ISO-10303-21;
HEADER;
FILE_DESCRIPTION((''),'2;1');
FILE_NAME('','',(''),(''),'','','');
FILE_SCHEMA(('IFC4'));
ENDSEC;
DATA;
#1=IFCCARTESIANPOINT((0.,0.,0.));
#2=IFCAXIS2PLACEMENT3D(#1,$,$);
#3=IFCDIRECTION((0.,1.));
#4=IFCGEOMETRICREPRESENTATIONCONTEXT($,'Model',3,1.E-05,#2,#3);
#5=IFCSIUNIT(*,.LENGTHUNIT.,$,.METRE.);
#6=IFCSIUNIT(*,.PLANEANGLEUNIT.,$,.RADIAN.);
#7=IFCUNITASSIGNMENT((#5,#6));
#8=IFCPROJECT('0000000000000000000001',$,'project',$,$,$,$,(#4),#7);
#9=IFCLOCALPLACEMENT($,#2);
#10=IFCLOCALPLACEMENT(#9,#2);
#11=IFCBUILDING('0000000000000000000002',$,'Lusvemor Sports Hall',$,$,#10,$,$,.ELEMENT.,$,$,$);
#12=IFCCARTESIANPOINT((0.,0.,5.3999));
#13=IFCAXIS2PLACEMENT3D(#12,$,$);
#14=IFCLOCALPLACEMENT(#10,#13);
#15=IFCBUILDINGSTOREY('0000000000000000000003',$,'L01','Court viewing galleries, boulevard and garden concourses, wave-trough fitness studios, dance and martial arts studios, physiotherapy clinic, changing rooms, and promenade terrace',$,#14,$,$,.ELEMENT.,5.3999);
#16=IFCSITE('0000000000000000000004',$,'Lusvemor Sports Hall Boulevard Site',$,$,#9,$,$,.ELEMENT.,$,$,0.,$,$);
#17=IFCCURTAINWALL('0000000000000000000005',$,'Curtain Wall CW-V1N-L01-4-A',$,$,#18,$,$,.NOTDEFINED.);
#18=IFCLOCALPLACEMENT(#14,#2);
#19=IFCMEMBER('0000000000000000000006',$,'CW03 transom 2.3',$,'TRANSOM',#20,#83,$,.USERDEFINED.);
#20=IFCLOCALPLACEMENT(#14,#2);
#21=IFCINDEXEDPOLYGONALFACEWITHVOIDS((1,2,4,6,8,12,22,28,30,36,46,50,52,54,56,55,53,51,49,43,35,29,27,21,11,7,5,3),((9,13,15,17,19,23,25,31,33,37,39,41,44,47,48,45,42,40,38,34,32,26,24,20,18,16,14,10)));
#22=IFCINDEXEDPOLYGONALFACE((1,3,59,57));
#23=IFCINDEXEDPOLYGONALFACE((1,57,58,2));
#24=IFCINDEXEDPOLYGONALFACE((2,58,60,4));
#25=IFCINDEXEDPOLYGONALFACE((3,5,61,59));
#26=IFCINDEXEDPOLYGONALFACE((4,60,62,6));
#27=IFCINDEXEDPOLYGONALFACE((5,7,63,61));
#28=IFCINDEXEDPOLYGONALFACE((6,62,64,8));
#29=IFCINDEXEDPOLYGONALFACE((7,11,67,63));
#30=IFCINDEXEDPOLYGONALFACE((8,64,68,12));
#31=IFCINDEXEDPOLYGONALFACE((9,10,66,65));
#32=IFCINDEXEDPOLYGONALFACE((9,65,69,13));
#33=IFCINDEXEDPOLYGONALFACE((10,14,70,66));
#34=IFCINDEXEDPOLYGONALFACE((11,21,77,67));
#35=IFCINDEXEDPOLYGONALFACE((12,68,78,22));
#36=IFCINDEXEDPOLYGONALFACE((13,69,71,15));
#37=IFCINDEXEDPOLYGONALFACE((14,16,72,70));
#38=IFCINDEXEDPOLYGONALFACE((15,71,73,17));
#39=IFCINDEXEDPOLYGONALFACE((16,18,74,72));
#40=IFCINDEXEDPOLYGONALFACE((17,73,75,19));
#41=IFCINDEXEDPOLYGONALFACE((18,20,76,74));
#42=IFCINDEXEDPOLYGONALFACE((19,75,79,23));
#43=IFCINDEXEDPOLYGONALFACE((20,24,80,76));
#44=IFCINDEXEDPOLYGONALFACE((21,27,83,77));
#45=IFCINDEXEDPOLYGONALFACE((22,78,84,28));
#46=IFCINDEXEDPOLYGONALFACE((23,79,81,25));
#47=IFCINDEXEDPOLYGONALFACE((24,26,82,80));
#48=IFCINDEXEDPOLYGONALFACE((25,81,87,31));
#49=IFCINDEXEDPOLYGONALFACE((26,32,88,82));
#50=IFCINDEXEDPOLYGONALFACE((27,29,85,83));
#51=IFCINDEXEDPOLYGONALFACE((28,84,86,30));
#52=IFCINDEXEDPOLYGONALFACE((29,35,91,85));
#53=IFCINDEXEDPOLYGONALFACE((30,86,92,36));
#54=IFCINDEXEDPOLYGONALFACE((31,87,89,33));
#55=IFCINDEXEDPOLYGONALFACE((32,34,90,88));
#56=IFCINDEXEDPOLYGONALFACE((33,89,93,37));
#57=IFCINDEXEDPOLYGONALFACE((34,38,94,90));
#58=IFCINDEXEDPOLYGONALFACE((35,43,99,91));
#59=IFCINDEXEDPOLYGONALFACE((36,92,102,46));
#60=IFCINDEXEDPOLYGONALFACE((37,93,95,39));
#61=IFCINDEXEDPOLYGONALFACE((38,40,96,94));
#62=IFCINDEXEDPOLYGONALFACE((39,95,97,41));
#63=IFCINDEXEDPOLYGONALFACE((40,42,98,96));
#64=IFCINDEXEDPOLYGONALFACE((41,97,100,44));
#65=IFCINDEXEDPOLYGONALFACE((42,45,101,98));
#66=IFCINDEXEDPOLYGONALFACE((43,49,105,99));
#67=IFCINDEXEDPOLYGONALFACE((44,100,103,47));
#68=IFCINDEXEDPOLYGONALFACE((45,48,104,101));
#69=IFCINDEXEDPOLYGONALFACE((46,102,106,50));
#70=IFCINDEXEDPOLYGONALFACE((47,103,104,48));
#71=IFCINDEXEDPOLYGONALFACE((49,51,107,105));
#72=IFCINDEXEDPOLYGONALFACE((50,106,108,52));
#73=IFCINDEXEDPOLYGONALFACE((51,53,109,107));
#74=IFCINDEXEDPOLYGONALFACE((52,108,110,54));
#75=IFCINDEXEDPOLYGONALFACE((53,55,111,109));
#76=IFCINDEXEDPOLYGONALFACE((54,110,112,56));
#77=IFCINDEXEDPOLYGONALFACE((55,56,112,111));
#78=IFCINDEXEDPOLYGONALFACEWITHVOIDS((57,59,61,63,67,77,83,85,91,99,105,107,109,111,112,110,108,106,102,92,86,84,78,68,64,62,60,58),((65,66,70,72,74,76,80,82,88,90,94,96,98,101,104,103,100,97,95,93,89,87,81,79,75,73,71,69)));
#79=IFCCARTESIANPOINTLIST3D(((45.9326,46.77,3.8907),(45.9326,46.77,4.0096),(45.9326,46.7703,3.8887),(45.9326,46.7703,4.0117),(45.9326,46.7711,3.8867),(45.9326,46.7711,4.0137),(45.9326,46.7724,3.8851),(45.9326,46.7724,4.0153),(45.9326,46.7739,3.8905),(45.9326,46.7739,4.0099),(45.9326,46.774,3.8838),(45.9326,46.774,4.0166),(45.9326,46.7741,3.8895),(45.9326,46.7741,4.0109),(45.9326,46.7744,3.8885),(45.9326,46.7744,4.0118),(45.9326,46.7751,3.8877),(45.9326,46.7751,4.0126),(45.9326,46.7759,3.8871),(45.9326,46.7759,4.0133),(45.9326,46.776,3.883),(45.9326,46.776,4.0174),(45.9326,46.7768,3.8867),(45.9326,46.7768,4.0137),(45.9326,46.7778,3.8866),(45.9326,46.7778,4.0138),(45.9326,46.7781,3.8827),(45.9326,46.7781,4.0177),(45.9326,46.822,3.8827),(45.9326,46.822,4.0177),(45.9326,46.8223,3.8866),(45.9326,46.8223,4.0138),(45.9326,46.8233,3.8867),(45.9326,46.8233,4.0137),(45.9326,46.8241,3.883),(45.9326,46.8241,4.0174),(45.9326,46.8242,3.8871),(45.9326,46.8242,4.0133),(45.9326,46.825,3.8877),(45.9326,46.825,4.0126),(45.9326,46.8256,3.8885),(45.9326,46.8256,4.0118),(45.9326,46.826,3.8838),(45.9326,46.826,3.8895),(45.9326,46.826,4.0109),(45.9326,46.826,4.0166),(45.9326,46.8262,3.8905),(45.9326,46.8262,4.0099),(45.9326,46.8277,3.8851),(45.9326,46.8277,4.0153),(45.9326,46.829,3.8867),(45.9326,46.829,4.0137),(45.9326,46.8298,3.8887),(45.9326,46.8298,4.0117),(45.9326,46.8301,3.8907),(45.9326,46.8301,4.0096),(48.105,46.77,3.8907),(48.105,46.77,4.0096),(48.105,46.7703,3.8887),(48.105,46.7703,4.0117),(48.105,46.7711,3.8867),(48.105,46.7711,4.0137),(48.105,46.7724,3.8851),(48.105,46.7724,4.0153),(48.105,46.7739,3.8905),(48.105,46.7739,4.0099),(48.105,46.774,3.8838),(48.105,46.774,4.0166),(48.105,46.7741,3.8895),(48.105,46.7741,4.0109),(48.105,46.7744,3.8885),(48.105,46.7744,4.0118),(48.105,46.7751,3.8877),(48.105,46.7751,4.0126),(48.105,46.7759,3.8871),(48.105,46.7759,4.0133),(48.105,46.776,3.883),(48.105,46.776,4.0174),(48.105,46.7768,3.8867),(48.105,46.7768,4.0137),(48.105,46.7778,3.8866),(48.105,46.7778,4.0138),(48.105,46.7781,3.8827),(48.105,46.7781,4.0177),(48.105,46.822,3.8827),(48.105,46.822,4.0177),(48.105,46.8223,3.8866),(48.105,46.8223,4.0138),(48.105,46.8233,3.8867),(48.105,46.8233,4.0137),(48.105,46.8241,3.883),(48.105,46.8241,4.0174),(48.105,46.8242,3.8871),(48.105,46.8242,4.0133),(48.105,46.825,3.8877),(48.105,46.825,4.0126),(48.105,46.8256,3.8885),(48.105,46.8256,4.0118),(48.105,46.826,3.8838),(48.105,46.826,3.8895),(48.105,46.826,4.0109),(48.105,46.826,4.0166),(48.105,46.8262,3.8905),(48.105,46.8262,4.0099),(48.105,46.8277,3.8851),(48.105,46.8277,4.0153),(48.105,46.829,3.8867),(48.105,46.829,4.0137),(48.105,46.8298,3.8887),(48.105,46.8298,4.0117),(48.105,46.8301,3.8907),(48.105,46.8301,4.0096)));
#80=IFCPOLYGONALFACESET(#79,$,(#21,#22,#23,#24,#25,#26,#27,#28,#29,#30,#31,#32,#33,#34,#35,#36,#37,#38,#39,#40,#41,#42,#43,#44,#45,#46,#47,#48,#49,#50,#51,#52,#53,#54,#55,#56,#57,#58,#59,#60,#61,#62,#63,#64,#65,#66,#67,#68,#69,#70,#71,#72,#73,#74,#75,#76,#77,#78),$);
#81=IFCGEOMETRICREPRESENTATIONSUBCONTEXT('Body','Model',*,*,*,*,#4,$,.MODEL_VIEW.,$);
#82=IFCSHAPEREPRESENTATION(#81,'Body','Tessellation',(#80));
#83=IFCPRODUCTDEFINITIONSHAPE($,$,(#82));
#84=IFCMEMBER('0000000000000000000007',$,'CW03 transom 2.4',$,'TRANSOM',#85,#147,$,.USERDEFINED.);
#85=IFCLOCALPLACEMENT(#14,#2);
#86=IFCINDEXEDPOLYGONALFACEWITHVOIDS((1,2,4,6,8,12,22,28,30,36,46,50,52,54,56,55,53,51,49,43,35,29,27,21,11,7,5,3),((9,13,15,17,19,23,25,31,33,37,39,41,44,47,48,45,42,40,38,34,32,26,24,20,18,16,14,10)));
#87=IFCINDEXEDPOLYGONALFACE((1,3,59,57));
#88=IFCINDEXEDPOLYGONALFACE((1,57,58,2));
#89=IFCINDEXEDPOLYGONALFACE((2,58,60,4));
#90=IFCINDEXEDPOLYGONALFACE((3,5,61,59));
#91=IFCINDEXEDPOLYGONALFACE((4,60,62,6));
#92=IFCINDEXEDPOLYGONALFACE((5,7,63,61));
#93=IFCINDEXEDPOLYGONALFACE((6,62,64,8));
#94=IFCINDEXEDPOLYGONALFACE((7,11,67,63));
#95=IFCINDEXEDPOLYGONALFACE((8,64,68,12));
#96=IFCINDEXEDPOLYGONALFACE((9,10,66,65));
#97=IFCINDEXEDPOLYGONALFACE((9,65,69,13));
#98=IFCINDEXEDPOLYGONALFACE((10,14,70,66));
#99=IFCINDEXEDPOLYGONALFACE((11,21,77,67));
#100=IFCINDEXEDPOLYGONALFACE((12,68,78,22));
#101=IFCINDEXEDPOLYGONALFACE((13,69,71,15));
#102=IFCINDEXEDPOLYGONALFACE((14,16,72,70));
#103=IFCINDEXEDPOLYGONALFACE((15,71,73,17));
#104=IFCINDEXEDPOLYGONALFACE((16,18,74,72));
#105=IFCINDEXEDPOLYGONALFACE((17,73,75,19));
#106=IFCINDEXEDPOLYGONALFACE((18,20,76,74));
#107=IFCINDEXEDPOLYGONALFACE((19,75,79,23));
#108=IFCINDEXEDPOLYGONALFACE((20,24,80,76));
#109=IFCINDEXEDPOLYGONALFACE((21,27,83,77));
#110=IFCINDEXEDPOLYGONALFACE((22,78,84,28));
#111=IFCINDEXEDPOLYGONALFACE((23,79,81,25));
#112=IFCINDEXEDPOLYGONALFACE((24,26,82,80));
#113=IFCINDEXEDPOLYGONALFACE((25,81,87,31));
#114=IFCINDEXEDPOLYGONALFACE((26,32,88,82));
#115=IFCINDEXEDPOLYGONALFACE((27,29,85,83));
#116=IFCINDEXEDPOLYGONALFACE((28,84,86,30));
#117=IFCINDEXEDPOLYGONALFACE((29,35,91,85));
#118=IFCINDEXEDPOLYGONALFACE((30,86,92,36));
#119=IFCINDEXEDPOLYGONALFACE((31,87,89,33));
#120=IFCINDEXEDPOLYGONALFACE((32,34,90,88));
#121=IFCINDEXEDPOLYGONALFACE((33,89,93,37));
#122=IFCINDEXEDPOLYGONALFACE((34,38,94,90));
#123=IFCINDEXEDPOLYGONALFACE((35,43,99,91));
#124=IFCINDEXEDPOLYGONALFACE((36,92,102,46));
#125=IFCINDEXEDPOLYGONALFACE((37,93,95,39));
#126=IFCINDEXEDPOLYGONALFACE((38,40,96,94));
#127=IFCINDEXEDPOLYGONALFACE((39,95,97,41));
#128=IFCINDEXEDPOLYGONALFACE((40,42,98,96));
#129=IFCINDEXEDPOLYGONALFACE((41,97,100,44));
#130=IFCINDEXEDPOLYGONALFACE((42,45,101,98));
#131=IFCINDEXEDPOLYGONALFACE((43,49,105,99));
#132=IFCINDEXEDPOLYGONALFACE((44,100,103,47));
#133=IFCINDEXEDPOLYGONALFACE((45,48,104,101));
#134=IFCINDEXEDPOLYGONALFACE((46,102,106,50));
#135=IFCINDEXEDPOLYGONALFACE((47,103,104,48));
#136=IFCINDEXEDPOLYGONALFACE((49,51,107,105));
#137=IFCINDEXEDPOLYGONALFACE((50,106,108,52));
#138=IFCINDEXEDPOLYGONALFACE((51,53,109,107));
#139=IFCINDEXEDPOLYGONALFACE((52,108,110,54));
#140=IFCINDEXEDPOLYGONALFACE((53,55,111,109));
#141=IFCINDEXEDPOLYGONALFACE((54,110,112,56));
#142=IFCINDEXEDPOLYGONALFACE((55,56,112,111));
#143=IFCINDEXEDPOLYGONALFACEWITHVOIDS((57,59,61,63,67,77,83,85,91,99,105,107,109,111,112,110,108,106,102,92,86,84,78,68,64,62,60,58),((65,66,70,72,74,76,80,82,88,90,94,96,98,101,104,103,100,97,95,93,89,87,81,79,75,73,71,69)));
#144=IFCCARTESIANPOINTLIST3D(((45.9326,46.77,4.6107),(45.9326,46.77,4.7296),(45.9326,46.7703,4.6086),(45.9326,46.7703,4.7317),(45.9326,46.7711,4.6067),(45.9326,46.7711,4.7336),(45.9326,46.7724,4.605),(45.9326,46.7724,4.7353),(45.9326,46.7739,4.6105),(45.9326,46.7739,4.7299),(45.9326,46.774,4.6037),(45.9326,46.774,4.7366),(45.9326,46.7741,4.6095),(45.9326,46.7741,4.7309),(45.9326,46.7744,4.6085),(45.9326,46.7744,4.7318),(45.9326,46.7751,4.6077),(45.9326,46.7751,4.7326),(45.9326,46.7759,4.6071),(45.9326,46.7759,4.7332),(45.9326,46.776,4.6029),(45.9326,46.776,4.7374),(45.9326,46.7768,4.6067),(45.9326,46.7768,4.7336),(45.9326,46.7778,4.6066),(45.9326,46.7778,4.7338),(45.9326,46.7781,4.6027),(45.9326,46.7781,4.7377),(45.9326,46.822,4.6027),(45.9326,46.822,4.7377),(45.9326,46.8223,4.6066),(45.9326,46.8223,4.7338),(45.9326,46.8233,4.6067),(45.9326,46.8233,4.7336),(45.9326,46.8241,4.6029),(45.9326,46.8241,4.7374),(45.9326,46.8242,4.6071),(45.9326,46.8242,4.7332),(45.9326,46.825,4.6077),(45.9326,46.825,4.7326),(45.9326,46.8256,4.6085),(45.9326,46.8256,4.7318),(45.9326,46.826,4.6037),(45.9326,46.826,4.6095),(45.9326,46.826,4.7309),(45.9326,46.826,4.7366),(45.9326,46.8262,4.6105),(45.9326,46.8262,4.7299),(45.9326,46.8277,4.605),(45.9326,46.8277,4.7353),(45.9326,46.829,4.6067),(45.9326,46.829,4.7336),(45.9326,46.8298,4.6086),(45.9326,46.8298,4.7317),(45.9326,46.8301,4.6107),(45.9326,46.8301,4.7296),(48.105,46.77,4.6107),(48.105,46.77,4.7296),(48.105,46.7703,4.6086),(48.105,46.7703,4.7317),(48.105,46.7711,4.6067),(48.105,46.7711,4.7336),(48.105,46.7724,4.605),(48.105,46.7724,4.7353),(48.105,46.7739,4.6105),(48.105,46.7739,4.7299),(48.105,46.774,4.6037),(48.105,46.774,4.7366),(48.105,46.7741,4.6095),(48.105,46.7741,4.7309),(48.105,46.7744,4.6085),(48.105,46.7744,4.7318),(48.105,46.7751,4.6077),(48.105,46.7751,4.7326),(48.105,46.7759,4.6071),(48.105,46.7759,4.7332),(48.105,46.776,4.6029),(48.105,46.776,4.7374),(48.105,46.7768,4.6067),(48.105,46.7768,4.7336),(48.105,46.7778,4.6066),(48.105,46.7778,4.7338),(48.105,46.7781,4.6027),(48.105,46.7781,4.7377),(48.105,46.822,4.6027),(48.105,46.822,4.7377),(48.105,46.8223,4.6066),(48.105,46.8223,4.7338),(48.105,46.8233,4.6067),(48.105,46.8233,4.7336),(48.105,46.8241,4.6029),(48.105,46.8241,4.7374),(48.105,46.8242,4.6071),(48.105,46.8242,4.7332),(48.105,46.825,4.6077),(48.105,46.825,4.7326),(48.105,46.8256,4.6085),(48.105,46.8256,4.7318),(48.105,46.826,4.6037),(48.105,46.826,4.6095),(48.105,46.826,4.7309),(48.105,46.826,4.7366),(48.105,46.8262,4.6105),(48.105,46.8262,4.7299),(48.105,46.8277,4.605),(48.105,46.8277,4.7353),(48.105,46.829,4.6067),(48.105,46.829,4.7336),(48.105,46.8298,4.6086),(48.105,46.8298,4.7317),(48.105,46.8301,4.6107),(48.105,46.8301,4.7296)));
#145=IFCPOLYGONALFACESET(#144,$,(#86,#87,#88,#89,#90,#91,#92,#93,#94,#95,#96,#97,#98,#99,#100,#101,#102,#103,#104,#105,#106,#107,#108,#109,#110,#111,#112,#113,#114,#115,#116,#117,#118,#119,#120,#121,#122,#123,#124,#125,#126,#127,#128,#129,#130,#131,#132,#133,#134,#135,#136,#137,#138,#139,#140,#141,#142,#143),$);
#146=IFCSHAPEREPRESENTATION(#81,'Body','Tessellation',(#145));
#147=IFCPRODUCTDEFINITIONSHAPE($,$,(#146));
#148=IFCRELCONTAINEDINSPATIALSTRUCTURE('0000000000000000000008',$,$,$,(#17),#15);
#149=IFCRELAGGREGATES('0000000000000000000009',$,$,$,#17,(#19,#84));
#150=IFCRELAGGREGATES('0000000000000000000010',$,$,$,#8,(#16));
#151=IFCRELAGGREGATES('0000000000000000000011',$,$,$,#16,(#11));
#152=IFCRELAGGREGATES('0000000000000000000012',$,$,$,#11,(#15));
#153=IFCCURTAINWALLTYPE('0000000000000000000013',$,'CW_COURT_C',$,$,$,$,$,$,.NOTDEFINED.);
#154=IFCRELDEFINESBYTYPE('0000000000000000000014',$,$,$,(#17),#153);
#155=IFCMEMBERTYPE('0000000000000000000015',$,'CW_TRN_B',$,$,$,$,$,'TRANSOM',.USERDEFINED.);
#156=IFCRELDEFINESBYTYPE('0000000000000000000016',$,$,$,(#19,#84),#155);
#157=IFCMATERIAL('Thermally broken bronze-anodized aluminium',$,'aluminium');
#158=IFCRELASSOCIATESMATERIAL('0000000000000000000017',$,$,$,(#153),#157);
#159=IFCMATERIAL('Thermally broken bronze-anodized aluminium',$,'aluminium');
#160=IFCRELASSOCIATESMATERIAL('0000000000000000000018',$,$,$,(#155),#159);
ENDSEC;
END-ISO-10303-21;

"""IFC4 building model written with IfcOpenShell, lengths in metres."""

from ifc_helpers import new_model, si_unit, direction, frame, origin, origin_2d, place, context, subcontext, project, spatial, hollow_rectangle, extrude, material, material_profile, profile_set, type_object, element, aggregate, save


model = new_model("IFC4")

# Units and contexts
model_context = context("Model", 3, precision=1e-05, world=origin(), true_north=direction((0.0, 1.0)))
body_context = subcontext(model_context, "Body", "Model", "MODEL_VIEW")
ifc_project = project(units=[si_unit("LENGTHUNIT", "METRE"), si_unit("PLANEANGLEUNIT", "RADIAN")], contexts=[model_context])

# Site, building, storey
site_placement = place(None, origin())
site = spatial("IfcSite", under=ifc_project, at=site_placement, Name="Lusvemor Sports Hall Boulevard Site", CompositionType="ELEMENT", RefElevation=0.0)
building_placement = place(site_placement, origin())
building = spatial("IfcBuilding", under=site, at=building_placement, Name="Lusvemor Sports Hall", CompositionType="ELEMENT")
storey_placement = place(building_placement, frame((0.0, 0.0, 5.3999)))
storey = spatial("IfcBuildingStorey", under=building, at=storey_placement, Name="L01", Description="Court viewing galleries, boulevard and garden concourses, wave-trough fitness studios, dance and martial arts studios, physiotherapy clinic, changing rooms, and promenade terrace", CompositionType="ELEMENT", Elevation=5.3999)

# Curtain wall
ifc_material_1 = material(Name="Thermally broken bronze-anodized aluminium", Category="aluminium")
curtain_wall_type = type_object("IfcCurtainWallType", Name="CW_COURT_C", PredefinedType="NOTDEFINED", material=ifc_material_1)
curtain_wall_1_placement = place(storey_placement, origin())
curtain_wall_1 = element("IfcCurtainWall", 1, at=curtain_wall_1_placement, inside=storey, type_object=curtain_wall_type, Name="Curtain Wall CW-V1N-L01-4-A", PredefinedType="NOTDEFINED")

# Members
ifc_material_2 = material(Name="Thermally broken bronze-anodized aluminium", Category="aluminium")
ifc_material_profile_1 = material_profile(ifc_material_2, hollow_rectangle(XDim=0.0601, YDim=0.135, WallThickness=0.0039, InnerFilletRadius=0.0039, OuterFilletRadius=0.0081, at=origin_2d()), Name="CWTRN135x60x4")
ifc_profile_set_1 = profile_set([ifc_material_profile_1], Name="Thermally broken bronze-anodized aluminium")
member_type_1 = type_object("IfcMemberType", Name="CW_TRN_B", ElementType="TRANSOM", PredefinedType="USERDEFINED", material=ifc_profile_set_1)
member_1_placement = place(storey_placement, frame((45.9326, 46.8, 3.9502), z_axis=(1.0, 0.0, 0.0), x_axis=(0.0, 1.0, 0.0)))
member_1 = element("IfcMember", 2, at=member_1_placement, type_object=member_type_1, Name="CW03 transom 2.3", ObjectType="TRANSOM", PredefinedType="USERDEFINED", context=body_context, shape_type="SweptSolid", body=[
    extrude(hollow_rectangle(XDim=0.0601, YDim=0.135, WallThickness=0.0039, InnerFilletRadius=0.0039, OuterFilletRadius=0.0081, at=origin_2d()), origin(), (0.0, 0.0, 1.0), 2.1724),
])
member_2_placement = place(storey_placement, frame((45.9326, 46.8, 4.6702), z_axis=(1.0, 0.0, 0.0), x_axis=(0.0, 1.0, 0.0)))
member_2 = element("IfcMember", 3, at=member_2_placement, type_object=member_type_1, Name="CW03 transom 2.4", ObjectType="TRANSOM", PredefinedType="USERDEFINED", context=body_context, shape_type="SweptSolid", body=[
    extrude(hollow_rectangle(XDim=0.0601, YDim=0.135, WallThickness=0.0039, InnerFilletRadius=0.0039, OuterFilletRadius=0.0081, at=origin_2d()), origin(), (0.0, 0.0, 1.0), 2.1724),
])

aggregate(curtain_wall_1, [member_1, member_2])

save(model, "model.ifc")
